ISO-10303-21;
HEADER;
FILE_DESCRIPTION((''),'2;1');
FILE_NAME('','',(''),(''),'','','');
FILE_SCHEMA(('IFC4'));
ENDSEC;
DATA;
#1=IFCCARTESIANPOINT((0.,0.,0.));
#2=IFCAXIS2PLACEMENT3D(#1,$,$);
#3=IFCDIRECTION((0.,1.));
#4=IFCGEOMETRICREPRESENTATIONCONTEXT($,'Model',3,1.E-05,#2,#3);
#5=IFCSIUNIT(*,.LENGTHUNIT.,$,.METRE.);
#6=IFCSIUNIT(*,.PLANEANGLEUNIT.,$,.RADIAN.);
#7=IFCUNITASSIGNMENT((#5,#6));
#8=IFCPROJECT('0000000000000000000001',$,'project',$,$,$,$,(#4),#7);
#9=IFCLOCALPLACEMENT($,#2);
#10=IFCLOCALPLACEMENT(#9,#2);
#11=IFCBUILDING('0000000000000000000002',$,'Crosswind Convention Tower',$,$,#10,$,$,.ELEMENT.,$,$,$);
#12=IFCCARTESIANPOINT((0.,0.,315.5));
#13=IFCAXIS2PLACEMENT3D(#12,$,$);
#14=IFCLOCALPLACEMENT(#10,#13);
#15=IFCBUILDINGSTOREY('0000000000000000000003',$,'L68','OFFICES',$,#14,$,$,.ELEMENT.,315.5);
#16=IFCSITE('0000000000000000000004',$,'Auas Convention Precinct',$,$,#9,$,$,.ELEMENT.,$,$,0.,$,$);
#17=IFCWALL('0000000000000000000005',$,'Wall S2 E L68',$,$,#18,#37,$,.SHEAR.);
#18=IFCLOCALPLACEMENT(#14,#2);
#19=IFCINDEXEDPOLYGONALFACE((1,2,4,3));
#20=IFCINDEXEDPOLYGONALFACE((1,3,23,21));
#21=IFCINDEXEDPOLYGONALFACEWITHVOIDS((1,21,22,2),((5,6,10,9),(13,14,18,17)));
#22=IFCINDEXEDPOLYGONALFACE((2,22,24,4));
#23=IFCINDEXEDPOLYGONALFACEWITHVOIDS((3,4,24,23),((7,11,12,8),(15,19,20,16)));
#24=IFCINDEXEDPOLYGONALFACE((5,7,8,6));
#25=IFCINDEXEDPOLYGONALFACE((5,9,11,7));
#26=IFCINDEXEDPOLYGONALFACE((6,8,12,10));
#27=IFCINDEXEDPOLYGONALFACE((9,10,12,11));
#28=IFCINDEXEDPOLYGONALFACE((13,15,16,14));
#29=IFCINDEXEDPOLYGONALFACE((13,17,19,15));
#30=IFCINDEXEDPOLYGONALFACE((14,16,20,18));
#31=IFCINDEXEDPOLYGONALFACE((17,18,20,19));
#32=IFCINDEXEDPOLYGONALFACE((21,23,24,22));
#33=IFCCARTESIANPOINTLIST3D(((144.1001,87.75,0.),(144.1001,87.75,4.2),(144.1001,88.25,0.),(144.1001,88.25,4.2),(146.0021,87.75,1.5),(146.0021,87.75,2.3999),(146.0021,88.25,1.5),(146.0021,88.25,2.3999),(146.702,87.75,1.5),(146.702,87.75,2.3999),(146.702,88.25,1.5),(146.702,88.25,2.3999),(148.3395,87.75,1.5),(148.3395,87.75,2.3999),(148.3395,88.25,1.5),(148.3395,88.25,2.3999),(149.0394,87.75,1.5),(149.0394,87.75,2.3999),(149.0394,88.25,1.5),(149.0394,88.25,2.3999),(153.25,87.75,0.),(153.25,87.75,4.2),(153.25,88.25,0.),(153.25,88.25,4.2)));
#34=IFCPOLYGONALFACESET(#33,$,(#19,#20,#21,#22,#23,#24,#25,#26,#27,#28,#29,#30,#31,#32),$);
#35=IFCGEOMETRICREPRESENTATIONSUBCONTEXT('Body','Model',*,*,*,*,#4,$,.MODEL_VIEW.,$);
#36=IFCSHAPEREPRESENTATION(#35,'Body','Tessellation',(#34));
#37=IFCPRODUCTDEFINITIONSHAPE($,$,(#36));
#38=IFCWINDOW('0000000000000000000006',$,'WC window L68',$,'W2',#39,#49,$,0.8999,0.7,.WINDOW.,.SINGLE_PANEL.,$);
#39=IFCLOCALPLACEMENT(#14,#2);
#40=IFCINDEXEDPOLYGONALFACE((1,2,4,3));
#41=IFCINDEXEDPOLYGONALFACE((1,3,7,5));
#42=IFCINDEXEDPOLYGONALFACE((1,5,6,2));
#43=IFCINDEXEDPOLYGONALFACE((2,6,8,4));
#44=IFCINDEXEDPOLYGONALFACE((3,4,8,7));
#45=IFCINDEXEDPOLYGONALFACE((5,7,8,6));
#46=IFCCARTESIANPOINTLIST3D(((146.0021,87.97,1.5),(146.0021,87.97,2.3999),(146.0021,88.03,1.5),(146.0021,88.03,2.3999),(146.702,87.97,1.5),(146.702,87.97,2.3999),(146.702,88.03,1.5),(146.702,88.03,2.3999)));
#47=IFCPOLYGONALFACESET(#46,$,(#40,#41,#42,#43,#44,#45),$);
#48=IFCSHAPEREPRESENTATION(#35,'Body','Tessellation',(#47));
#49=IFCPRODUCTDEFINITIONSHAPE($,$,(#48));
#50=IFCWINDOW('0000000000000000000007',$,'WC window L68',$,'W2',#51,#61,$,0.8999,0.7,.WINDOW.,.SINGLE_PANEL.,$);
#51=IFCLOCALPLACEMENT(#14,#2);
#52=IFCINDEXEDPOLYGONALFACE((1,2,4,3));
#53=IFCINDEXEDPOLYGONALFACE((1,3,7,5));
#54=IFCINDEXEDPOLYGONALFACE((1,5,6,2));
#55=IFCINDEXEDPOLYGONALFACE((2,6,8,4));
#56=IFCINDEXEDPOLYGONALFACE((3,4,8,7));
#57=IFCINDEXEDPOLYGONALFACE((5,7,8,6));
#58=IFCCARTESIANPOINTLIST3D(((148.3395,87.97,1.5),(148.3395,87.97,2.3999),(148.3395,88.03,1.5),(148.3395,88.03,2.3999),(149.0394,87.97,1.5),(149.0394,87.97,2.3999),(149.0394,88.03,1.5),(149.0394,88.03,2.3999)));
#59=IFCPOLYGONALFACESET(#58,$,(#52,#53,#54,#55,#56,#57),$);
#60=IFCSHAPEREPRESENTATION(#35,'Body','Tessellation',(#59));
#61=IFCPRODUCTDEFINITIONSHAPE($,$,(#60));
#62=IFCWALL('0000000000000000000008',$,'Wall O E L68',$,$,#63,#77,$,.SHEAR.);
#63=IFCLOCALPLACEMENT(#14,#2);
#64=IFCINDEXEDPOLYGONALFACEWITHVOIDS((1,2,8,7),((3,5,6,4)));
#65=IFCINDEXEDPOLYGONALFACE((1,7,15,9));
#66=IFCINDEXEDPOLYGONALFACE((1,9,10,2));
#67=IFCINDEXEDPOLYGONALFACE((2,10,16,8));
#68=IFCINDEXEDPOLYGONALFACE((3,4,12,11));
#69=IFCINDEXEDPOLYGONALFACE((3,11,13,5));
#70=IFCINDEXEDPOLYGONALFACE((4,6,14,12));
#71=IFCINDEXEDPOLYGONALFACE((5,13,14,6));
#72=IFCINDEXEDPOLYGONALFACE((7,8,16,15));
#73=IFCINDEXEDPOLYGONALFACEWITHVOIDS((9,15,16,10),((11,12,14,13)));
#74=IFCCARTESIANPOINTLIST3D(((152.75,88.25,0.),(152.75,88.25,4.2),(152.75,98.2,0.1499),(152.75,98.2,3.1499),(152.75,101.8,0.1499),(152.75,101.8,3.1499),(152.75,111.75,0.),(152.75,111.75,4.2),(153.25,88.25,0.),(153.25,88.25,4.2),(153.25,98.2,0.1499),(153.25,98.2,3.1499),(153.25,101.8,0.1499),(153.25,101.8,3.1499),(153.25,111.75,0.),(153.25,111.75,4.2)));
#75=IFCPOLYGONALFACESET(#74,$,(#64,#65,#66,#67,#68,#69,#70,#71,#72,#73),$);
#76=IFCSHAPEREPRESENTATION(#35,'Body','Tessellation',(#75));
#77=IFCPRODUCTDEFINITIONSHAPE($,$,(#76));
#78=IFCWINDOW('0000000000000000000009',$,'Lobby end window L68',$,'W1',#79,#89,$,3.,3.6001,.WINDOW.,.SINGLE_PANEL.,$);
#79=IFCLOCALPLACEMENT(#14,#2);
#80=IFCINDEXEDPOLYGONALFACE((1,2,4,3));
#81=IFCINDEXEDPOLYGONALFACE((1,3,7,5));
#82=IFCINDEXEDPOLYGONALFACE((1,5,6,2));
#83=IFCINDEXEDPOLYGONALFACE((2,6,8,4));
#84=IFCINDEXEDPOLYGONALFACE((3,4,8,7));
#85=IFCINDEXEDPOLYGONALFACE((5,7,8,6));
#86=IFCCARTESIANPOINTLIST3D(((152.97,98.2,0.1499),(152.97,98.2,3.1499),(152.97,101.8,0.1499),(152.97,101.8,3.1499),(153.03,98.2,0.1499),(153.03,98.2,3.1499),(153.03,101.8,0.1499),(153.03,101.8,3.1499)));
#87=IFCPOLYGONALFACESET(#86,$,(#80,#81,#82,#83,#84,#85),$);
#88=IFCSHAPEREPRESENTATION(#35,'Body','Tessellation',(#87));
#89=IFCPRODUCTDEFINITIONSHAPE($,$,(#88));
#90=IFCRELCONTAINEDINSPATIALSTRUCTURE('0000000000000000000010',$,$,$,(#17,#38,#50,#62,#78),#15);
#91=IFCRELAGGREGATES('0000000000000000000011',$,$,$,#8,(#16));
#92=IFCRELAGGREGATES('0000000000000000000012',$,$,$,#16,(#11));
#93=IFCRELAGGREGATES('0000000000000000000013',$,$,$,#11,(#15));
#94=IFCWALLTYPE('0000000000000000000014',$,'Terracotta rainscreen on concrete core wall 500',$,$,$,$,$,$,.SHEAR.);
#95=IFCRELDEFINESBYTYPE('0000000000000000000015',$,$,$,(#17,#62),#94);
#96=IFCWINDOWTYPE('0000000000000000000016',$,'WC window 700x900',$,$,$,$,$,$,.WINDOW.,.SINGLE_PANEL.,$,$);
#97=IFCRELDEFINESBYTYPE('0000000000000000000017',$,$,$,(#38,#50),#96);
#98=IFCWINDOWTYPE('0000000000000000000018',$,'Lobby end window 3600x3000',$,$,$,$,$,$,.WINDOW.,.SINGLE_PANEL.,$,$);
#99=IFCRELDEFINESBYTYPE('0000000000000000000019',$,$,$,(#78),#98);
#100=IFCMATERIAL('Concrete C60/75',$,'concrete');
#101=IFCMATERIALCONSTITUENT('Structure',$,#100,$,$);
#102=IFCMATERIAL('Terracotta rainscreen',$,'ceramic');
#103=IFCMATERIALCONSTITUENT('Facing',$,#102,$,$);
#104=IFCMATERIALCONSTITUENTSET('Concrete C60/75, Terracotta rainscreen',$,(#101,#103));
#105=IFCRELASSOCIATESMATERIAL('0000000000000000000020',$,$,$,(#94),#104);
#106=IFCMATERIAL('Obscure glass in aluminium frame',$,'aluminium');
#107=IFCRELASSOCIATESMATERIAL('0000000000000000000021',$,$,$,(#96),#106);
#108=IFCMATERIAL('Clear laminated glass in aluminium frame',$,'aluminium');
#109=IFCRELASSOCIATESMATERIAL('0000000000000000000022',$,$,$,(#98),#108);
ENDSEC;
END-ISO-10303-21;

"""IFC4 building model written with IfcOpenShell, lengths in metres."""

from ifc_helpers import new_model, si_unit, direction, frame, frame_2d, origin, place, context, subcontext, project, spatial, rectangle, extrude, material, constituent, constituent_set, type_object, element, fill, save


model = new_model("IFC4")

# Units and contexts
model_context = context("Model", 3, precision=1e-05, world=origin(), true_north=direction((0.0, 1.0)))
body_context = subcontext(model_context, "Body", "Model", "MODEL_VIEW")
ifc_project = project(units=[si_unit("LENGTHUNIT", "METRE"), si_unit("PLANEANGLEUNIT", "RADIAN")], contexts=[model_context])

# Site, building, storey
site_placement = place(None, origin())
site = spatial("IfcSite", under=ifc_project, at=site_placement, Name="Auas Convention Precinct", CompositionType="ELEMENT", RefElevation=0.0)
building_placement = place(site_placement, origin())
building = spatial("IfcBuilding", under=site, at=building_placement, Name="Crosswind Convention Tower", CompositionType="ELEMENT")
storey_placement = place(building_placement, frame((0.0, 0.0, 315.5)))
storey = spatial("IfcBuildingStorey", under=building, at=storey_placement, Name="L68", Description="OFFICES", CompositionType="ELEMENT", Elevation=315.5)

# Wall, openings, windows
ifc_material_1 = material(Name="Concrete C60/75", Category="concrete")
ifc_constituent_1 = constituent(ifc_material_1, Name="Structure")
ifc_material_2 = material(Name="Terracotta rainscreen", Category="ceramic")
ifc_constituent_2 = constituent(ifc_material_2, Name="Facing")
ifc_constituent_set = constituent_set(constituents=[ifc_constituent_1, ifc_constituent_2], Name="Concrete C60/75, Terracotta rainscreen")
wall_type_1 = type_object("IfcWallType", Name="Terracotta rainscreen on concrete core wall 500", PredefinedType="SHEAR", material=ifc_constituent_set)
wall_1_placement = place(storey_placement, frame((144.1001, 88.0, 0.0), z_axis=(0.0, 0.0, 1.0), x_axis=(1.0, 0.0, 0.0)))
wall_1 = element("IfcWall", 1, at=wall_1_placement, inside=storey, type_object=wall_type_1, Name="Wall S2 E L68", PredefinedType="SHEAR", context=body_context, shape_type="SweptSolid", body=[
    extrude(rectangle(XDim=9.1499, YDim=0.5, at=frame_2d((4.575, 0.0))), origin(), (0.0, 0.0, 1.0), 4.2),
])
opening_1_placement = place(wall_1_placement, frame((1.9019, 0.0, 1.5)))
opening_1 = element("IfcOpeningElement", 2, at=opening_1_placement, cuts=wall_1, PredefinedType="OPENING", context=body_context, shape_type="SweptSolid", body=[
    extrude(rectangle(XDim=0.7, YDim=0.8999, at=frame_2d((0.3501, 0.45))), frame((0.0, 0.26, 0.0), z_axis=(0.0, -1.0, 0.0), x_axis=(1.0, 0.0, 0.0)), (0.0, 0.0, 1.0), 0.52),
])
opening_2_placement = place(wall_1_placement, frame((4.2393, 0.0, 1.5)))
opening_2 = element("IfcOpeningElement", 3, at=opening_2_placement, cuts=wall_1, PredefinedType="OPENING", context=body_context, shape_type="SweptSolid", body=[
    extrude(rectangle(XDim=0.7, YDim=0.8999, at=frame_2d((0.3501, 0.45))), frame((0.0, 0.26, 0.0), z_axis=(0.0, -1.0, 0.0), x_axis=(1.0, 0.0, 0.0)), (0.0, 0.0, 1.0), 0.52),
])
ifc_material_3 = material(Name="Obscure glass in aluminium frame", Category="aluminium")
window_type_1 = type_object("IfcWindowType", Name="WC window 700x900", PartitioningType="SINGLE_PANEL", PredefinedType="WINDOW", material=ifc_material_3)
window_1_placement = place(opening_1_placement, origin())
window_1 = element("IfcWindow", 4, at=window_1_placement, inside=storey, type_object=window_type_1, Name="WC window L68", ObjectType="W2", OverallHeight=0.8999, OverallWidth=0.7, PartitioningType="SINGLE_PANEL", PredefinedType="WINDOW", context=body_context, shape_type="SweptSolid", body=[
    extrude(rectangle(XDim=0.7, YDim=0.8999, at=frame_2d((0.3501, 0.45))), frame((0.0, 0.03, 0.0), z_axis=(0.0, -1.0, 0.0), x_axis=(1.0, 0.0, 0.0)), (0.0, 0.0, 1.0), 0.0601),
])
fill(opening_1, window_1)
window_2_placement = place(opening_2_placement, origin())
window_2 = element("IfcWindow", 5, at=window_2_placement, inside=storey, type_object=window_type_1, Name="WC window L68", ObjectType="W2", OverallHeight=0.8999, OverallWidth=0.7, PartitioningType="SINGLE_PANEL", PredefinedType="WINDOW", context=body_context, shape_type="SweptSolid", body=[
    extrude(rectangle(XDim=0.7, YDim=0.8999, at=frame_2d((0.3501, 0.45))), frame((0.0, 0.03, 0.0), z_axis=(0.0, -1.0, 0.0), x_axis=(1.0, 0.0, 0.0)), (0.0, 0.0, 1.0), 0.0601),
])
fill(opening_2, window_2)

# Wall, opening, window
wall_2_placement = place(storey_placement, frame((153.0, 88.25, 0.0), z_axis=(0.0, 0.0, 1.0), x_axis=(0.0, 1.0, 0.0)))
wall_2 = element("IfcWall", 6, at=wall_2_placement, inside=storey, type_object=wall_type_1, Name="Wall O E L68", PredefinedType="SHEAR", context=body_context, shape_type="SweptSolid", body=[
    extrude(rectangle(XDim=23.5, YDim=0.5, at=frame_2d((11.75, 0.0))), origin(), (0.0, 0.0, 1.0), 4.2),
])
opening_3_placement = place(wall_2_placement, frame((9.95, 0.0, 0.1499)))
opening_3 = element("IfcOpeningElement", 7, at=opening_3_placement, cuts=wall_2, PredefinedType="OPENING", context=body_context, shape_type="SweptSolid", body=[
    extrude(rectangle(XDim=3.6001, YDim=3.0, at=frame_2d((1.8, 1.5))), frame((0.0, 0.26, 0.0), z_axis=(0.0, -1.0, 0.0), x_axis=(1.0, 0.0, 0.0)), (0.0, 0.0, 1.0), 0.52),
])
ifc_material_4 = material(Name="Clear laminated glass in aluminium frame", Category="aluminium")
window_type_2 = type_object("IfcWindowType", Name="Lobby end window 3600x3000", PartitioningType="SINGLE_PANEL", PredefinedType="WINDOW", material=ifc_material_4)
window_3_placement = place(opening_3_placement, origin())
window_3 = element("IfcWindow", 8, at=window_3_placement, inside=storey, type_object=window_type_2, Name="Lobby end window L68", ObjectType="W1", OverallHeight=3.0, OverallWidth=3.6001, PartitioningType="SINGLE_PANEL", PredefinedType="WINDOW", context=body_context, shape_type="SweptSolid", body=[
    extrude(rectangle(XDim=3.6001, YDim=3.0, at=frame_2d((1.8, 1.5))), frame((0.0, 0.03, 0.0), z_axis=(0.0, -1.0, 0.0), x_axis=(1.0, 0.0, 0.0)), (0.0, 0.0, 1.0), 0.0601),
])
fill(opening_3, window_3)

save(model, "model.ifc")
